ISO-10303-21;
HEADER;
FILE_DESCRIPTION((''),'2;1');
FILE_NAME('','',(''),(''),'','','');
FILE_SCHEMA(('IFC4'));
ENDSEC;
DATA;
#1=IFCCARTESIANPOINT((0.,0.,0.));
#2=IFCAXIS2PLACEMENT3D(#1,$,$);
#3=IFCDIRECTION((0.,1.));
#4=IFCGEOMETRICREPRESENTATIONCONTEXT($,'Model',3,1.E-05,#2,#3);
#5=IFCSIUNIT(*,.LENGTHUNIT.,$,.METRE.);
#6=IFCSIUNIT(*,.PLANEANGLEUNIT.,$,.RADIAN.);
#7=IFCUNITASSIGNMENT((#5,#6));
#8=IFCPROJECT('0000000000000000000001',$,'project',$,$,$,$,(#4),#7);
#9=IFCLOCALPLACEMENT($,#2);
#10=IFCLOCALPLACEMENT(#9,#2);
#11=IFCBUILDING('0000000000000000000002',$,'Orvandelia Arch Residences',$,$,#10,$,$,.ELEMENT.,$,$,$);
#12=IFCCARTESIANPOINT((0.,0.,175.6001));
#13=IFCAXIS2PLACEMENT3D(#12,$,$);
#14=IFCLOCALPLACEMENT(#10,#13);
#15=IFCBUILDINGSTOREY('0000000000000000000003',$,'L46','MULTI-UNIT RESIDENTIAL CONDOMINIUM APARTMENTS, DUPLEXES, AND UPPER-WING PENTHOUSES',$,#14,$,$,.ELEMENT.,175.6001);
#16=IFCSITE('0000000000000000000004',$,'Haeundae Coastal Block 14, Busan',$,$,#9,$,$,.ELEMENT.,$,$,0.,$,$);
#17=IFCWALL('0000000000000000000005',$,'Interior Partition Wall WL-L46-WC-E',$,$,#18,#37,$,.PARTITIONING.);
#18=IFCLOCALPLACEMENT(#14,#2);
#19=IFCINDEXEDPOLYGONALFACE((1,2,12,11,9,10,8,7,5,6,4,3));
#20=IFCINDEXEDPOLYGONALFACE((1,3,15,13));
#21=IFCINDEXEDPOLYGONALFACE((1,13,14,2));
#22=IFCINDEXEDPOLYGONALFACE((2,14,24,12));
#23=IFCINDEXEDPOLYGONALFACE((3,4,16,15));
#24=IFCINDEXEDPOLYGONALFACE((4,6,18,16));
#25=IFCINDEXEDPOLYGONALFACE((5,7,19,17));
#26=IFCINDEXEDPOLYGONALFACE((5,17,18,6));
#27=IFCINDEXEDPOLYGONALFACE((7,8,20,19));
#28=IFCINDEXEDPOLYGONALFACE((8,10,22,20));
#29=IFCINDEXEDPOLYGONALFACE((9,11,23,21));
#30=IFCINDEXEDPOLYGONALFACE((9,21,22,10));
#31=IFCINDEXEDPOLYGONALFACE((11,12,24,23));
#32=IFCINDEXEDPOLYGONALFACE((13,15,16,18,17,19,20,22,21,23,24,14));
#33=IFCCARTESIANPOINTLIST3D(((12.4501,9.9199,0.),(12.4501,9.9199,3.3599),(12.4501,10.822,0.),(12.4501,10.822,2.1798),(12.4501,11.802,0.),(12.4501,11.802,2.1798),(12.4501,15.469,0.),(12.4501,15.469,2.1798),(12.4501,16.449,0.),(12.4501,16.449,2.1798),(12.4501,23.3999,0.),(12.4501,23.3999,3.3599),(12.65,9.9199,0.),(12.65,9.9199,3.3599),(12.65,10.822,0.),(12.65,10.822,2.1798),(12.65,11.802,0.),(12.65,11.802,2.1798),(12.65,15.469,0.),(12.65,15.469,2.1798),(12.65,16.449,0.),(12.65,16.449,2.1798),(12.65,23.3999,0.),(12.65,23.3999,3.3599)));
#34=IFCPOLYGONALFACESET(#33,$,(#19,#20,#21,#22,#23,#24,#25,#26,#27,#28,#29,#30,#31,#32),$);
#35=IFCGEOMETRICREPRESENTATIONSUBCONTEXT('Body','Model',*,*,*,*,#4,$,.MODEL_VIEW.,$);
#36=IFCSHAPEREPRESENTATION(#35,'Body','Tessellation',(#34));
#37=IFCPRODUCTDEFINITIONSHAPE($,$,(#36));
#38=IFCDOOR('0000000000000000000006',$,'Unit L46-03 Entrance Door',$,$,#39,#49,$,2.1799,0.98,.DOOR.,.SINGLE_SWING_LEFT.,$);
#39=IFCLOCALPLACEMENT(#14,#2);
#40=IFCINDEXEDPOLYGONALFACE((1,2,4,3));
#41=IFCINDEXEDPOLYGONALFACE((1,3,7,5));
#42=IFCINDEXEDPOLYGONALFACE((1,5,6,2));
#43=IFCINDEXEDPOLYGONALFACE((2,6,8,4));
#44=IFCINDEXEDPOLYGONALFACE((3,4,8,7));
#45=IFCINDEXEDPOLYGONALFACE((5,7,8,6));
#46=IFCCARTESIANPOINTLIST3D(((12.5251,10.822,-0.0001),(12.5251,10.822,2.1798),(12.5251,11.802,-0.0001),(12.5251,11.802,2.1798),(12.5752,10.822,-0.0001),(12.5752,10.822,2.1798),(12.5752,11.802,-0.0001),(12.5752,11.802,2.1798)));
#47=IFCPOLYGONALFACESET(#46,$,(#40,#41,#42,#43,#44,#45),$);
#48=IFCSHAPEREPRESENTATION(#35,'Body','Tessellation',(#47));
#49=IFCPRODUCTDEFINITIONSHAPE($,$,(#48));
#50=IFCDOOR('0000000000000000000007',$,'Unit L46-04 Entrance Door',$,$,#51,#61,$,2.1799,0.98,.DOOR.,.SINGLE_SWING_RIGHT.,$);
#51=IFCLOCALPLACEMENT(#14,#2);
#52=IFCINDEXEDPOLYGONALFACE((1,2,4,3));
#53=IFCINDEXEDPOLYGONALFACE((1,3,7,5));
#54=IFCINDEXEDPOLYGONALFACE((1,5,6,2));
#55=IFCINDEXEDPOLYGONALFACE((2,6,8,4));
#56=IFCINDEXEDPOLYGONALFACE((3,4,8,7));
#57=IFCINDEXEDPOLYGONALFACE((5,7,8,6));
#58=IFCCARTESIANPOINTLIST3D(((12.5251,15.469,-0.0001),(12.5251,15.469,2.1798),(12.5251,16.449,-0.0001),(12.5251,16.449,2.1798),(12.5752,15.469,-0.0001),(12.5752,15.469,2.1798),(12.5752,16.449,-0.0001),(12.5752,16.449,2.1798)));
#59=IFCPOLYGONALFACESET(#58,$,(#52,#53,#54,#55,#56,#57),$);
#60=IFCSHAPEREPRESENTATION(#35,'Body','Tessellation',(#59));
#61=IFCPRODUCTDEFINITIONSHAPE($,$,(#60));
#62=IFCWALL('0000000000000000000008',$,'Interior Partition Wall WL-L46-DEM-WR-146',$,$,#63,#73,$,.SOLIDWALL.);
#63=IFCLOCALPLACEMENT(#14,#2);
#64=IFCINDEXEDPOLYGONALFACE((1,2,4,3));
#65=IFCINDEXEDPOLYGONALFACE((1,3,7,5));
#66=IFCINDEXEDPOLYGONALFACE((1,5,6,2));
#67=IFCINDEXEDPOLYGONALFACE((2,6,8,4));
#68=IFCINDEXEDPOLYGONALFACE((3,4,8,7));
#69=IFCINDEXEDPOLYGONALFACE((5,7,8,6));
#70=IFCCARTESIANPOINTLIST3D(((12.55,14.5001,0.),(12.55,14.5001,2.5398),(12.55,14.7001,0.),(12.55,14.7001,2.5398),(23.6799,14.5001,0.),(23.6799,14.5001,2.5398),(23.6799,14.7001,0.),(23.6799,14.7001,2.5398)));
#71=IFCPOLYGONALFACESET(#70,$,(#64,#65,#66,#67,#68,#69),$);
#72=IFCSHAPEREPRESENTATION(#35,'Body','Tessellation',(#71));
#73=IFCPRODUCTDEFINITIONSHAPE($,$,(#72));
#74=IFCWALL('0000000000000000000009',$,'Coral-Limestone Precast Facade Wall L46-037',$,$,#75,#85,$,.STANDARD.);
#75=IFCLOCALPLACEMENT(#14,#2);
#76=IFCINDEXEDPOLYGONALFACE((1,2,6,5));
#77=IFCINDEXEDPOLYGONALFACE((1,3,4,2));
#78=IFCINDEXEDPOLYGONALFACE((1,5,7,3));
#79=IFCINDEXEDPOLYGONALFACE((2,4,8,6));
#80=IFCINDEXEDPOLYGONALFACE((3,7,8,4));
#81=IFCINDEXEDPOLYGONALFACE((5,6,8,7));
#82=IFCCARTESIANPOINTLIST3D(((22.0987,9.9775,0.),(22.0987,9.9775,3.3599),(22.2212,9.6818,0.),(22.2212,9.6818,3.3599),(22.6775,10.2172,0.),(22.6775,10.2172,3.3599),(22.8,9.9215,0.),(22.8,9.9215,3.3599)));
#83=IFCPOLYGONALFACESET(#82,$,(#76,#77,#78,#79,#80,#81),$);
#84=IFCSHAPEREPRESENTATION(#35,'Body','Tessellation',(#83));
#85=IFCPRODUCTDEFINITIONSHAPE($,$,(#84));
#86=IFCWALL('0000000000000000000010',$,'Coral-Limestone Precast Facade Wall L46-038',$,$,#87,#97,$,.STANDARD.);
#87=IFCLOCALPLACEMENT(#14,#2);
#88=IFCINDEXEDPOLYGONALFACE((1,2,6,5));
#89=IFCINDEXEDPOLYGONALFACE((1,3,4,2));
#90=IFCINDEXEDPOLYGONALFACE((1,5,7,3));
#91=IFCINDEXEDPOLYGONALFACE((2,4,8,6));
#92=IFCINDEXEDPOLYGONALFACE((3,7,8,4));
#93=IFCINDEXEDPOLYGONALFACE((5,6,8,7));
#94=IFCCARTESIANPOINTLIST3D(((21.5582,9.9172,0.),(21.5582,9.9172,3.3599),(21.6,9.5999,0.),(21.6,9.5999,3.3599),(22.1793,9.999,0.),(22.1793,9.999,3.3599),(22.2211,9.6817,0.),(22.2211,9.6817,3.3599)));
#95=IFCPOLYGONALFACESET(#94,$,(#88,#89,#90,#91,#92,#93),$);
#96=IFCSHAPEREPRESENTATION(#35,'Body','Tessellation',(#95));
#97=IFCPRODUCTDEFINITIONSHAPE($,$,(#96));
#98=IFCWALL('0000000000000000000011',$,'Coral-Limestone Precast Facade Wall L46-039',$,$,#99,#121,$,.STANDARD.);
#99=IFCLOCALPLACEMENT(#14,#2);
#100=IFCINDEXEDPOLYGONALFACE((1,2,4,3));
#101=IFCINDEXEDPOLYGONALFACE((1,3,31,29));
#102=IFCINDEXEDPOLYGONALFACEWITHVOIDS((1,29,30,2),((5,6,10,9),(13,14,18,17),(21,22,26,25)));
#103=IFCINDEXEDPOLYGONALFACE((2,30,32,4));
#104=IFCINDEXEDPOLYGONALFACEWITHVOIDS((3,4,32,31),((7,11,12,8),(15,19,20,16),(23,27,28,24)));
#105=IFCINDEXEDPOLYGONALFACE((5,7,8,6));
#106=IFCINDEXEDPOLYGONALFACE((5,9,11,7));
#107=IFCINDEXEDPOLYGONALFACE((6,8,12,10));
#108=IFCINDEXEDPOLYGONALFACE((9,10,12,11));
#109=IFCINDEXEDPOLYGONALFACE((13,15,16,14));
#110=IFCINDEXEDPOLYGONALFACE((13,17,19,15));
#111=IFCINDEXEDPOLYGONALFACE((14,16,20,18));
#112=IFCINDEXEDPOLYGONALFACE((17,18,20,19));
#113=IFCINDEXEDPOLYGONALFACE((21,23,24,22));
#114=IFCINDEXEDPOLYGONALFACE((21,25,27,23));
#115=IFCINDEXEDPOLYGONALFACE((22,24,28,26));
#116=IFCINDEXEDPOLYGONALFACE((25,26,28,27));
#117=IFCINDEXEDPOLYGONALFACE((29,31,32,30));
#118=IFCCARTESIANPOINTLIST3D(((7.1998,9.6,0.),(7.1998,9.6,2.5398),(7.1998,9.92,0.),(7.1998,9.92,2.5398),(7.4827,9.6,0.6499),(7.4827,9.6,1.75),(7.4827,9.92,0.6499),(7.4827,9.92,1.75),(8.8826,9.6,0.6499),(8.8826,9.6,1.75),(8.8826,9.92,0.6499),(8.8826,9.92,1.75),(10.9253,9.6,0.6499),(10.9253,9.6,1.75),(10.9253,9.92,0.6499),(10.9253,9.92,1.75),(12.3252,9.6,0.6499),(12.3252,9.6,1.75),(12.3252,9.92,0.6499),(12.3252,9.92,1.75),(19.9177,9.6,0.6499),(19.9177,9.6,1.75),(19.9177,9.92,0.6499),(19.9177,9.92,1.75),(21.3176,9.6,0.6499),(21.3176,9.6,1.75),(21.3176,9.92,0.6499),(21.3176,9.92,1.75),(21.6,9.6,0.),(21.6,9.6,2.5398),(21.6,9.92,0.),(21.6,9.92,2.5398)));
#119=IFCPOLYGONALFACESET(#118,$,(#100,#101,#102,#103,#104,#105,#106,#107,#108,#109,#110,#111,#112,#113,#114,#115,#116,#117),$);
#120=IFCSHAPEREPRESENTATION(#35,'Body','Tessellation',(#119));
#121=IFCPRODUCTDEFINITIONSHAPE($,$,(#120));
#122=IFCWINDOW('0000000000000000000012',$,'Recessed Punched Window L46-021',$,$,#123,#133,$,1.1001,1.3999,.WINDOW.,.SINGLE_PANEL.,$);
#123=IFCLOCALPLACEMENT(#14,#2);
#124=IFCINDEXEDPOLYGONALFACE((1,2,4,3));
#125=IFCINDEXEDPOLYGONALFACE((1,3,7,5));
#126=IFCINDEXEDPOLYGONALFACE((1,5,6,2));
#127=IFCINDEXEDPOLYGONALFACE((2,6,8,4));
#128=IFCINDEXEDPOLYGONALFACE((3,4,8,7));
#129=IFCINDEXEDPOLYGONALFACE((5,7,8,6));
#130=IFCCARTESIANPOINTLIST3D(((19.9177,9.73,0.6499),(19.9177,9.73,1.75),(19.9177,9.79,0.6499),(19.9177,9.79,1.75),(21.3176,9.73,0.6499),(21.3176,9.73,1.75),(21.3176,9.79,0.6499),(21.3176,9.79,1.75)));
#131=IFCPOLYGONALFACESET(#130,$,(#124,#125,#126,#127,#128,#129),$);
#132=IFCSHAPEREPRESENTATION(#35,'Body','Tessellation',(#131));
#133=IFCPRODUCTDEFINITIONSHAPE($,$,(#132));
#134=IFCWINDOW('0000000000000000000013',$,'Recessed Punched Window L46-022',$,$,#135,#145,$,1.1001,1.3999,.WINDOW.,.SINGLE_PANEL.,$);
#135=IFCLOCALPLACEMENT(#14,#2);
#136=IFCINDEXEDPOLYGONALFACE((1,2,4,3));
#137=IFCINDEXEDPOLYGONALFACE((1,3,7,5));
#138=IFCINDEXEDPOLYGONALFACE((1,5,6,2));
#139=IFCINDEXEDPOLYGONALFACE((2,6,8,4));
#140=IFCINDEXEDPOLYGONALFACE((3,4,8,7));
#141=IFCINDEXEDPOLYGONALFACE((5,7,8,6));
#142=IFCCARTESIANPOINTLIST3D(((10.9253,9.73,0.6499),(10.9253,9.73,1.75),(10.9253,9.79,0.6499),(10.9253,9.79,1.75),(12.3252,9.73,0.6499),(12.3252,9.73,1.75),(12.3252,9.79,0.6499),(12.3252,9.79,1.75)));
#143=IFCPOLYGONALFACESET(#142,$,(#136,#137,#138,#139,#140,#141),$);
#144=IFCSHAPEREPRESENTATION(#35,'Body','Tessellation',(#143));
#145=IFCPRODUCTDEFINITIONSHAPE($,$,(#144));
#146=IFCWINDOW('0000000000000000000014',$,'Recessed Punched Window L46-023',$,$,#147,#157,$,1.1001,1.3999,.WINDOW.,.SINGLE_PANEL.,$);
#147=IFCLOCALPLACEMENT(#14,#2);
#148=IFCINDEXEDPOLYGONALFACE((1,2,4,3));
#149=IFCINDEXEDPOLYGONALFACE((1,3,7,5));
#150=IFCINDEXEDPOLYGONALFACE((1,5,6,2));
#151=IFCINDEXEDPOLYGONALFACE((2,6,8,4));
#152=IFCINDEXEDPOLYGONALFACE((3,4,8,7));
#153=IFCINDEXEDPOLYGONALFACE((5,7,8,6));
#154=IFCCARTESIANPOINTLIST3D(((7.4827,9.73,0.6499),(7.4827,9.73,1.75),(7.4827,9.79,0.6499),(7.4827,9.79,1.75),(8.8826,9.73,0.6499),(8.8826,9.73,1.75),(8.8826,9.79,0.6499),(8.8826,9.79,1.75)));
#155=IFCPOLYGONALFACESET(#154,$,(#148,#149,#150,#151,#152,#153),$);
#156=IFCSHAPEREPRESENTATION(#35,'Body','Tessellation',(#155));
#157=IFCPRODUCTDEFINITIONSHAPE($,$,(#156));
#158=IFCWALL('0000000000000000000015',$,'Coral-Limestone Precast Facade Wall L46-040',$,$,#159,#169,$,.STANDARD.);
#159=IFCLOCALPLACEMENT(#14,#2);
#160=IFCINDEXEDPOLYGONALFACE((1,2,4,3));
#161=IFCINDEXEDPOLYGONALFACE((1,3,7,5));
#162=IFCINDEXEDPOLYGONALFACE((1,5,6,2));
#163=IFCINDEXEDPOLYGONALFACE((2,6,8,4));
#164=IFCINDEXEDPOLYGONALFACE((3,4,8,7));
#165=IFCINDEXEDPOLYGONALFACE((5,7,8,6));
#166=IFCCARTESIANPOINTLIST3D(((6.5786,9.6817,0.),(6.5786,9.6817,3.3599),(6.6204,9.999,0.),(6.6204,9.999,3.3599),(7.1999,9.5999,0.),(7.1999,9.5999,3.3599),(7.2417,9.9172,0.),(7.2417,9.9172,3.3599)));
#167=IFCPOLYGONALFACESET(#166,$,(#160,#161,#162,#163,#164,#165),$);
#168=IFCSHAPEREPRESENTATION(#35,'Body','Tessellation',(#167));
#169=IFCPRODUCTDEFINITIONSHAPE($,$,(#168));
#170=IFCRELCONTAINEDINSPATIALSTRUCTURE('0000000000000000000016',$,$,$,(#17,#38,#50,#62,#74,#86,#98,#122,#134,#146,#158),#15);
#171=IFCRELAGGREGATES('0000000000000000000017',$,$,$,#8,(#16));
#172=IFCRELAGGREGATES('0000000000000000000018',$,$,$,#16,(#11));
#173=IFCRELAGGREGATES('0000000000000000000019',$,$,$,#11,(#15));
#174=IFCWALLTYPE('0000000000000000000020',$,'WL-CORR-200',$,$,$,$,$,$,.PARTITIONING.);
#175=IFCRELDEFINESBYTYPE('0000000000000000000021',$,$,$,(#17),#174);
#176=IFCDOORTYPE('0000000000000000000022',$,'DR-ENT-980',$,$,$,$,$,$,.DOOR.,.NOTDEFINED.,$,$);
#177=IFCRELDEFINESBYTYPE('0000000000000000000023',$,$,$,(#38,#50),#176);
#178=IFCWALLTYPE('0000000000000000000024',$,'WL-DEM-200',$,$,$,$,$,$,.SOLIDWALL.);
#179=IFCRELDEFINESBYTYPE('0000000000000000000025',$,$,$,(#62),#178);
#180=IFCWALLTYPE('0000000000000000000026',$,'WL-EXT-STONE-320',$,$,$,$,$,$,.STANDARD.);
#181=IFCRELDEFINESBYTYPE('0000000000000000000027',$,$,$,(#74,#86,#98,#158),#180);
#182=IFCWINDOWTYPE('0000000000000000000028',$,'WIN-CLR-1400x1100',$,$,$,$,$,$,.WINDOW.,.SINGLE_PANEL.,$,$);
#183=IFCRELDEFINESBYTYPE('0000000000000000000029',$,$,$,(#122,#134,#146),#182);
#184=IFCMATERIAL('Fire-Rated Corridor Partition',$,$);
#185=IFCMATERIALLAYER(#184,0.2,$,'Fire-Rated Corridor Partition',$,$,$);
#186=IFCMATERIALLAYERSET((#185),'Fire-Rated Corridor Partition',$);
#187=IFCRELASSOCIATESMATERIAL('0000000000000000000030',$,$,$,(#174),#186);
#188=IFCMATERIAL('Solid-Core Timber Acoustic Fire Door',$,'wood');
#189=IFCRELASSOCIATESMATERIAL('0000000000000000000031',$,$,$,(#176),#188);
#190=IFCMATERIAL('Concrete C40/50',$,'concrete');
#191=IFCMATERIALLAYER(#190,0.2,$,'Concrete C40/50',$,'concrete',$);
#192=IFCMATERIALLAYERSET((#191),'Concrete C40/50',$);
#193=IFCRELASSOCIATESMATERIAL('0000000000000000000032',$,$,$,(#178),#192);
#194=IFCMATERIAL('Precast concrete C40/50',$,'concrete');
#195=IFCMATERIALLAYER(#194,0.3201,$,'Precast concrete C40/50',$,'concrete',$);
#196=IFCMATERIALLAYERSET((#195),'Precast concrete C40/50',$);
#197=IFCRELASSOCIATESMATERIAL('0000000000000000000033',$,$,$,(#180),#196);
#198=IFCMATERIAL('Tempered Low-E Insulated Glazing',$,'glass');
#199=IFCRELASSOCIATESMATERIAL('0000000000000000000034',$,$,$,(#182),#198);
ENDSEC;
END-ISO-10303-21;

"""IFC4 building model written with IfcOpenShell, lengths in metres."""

from ifc_helpers import new_model, si_unit, direction, frame, frame_2d, origin, place, context, subcontext, project, spatial, rectangle, extrude, material, layer, layer_set, type_object, element, fill, save


model = new_model("IFC4")

# Units and contexts
model_context = context("Model", 3, precision=1e-05, world=origin(), true_north=direction((0.0, 1.0)))
body_context = subcontext(model_context, "Body", "Model", "MODEL_VIEW")
ifc_project = project(units=[si_unit("LENGTHUNIT", "METRE"), si_unit("PLANEANGLEUNIT", "RADIAN")], contexts=[model_context])

# Site, building, storey
site_placement = place(None, origin())
site = spatial("IfcSite", under=ifc_project, at=site_placement, Name="Haeundae Coastal Block 14, Busan", CompositionType="ELEMENT", RefElevation=0.0)
building_placement = place(site_placement, origin())
building = spatial("IfcBuilding", under=site, at=building_placement, Name="Orvandelia Arch Residences", CompositionType="ELEMENT")
storey_placement = place(building_placement, frame((0.0, 0.0, 175.6001)))
storey = spatial("IfcBuildingStorey", under=building, at=storey_placement, Name="L46", Description="MULTI-UNIT RESIDENTIAL CONDOMINIUM APARTMENTS, DUPLEXES, AND UPPER-WING PENTHOUSES", CompositionType="ELEMENT", Elevation=175.6001)

# Wall, openings, doors
ifc_material_1 = material(Name="Fire-Rated Corridor Partition")
ifc_layer_1 = layer(ifc_material_1, 0.2, Name="Fire-Rated Corridor Partition")
ifc_layer_set_1 = layer_set([ifc_layer_1], Name="Fire-Rated Corridor Partition")
wall_type_1 = type_object("IfcWallType", Name="WL-CORR-200", PredefinedType="PARTITIONING", material=ifc_layer_set_1)
ifc_material_2 = material(Name="Solid-Core Timber Acoustic Fire Door", Category="wood")
door_type_1 = type_object("IfcDoorType", Name="DR-ENT-980", OperationType="NOTDEFINED", PredefinedType="DOOR", material=ifc_material_2)
wall_1_placement = place(storey_placement, frame((12.55, 9.9199, 0.0), z_axis=(0.0, 0.0, 1.0), x_axis=(0.0, 1.0, 0.0)))
wall_1 = element("IfcWall", 1, at=wall_1_placement, inside=storey, type_object=wall_type_1, Name="Interior Partition Wall WL-L46-WC-E", PredefinedType="PARTITIONING", context=body_context, shape_type="SweptSolid", body=[
    extrude(rectangle(XDim=13.48, YDim=0.2, at=frame_2d((6.74, 0.0))), origin(), (0.0, 0.0, 1.0), 3.3599),
])
opening_1_placement = place(wall_1_placement, frame((0.9021, 0.0, 0.0)))
opening_1 = element("IfcOpeningElement", 2, at=opening_1_placement, cuts=wall_1, PredefinedType="OPENING", context=body_context, shape_type="SweptSolid", body=[
    extrude(rectangle(XDim=0.98, YDim=2.1799, at=frame_2d((0.49, 1.0898))), frame((0.0, 0.1099, 0.0), z_axis=(0.0, -1.0, 0.0), x_axis=(1.0, 0.0, 0.0)), (0.0, 0.0, 1.0), 0.22),
])
opening_2_placement = place(wall_1_placement, frame((5.5491, 0.0, 0.0)))
opening_2 = element("IfcOpeningElement", 3, at=opening_2_placement, cuts=wall_1, PredefinedType="OPENING", context=body_context, shape_type="SweptSolid", body=[
    extrude(rectangle(XDim=0.98, YDim=2.1799, at=frame_2d((0.49, 1.0898))), frame((0.0, 0.1099, 0.0), z_axis=(0.0, -1.0, 0.0), x_axis=(1.0, 0.0, 0.0)), (0.0, 0.0, 1.0), 0.22),
])
door_1_placement = place(opening_1_placement, origin())
door_1 = element("IfcDoor", 4, at=door_1_placement, inside=storey, type_object=door_type_1, Name="Unit L46-03 Entrance Door", OperationType="SINGLE_SWING_LEFT", OverallHeight=2.1799, OverallWidth=0.98, PredefinedType="DOOR", context=body_context, shape_type="SweptSolid", body=[
    extrude(rectangle(XDim=0.98, YDim=2.1799, at=frame_2d((0.49, 1.0898))), frame((0.0, 0.0249, 0.0), z_axis=(0.0, -1.0, 0.0), x_axis=(1.0, 0.0, 0.0)), (0.0, 0.0, 1.0), 0.05),
])
fill(opening_1, door_1)
door_2_placement = place(opening_2_placement, origin())
door_2 = element("IfcDoor", 5, at=door_2_placement, inside=storey, type_object=door_type_1, Name="Unit L46-04 Entrance Door", OperationType="SINGLE_SWING_RIGHT", OverallHeight=2.1799, OverallWidth=0.98, PredefinedType="DOOR", context=body_context, shape_type="SweptSolid", body=[
    extrude(rectangle(XDim=0.98, YDim=2.1799, at=frame_2d((0.49, 1.0898))), frame((0.0, 0.0249, 0.0), z_axis=(0.0, -1.0, 0.0), x_axis=(1.0, 0.0, 0.0)), (0.0, 0.0, 1.0), 0.05),
])
fill(opening_2, door_2)

# Walls
ifc_material_3 = material(Name="Concrete C40/50", Category="concrete")
ifc_layer_2 = layer(ifc_material_3, 0.2, Name="Concrete C40/50", Category="concrete")
ifc_layer_set_2 = layer_set([ifc_layer_2], Name="Concrete C40/50")
wall_type_2 = type_object("IfcWallType", Name="WL-DEM-200", PredefinedType="SOLIDWALL", material=ifc_layer_set_2)
wall_2_placement = place(storey_placement, frame((12.55, 14.6001, 0.0), z_axis=(0.0, 0.0, 1.0), x_axis=(1.0, 0.0, 0.0)))
element("IfcWall", 6, at=wall_2_placement, inside=storey, type_object=wall_type_2, Name="Interior Partition Wall WL-L46-DEM-WR-146", PredefinedType="SOLIDWALL", context=body_context, shape_type="SweptSolid", body=[
    extrude(rectangle(XDim=11.1299, YDim=0.2, at=frame_2d((5.5649, 0.0))), origin(), (0.0, 0.0, 1.0), 2.5398),
])
ifc_material_4 = material(Name="Precast concrete C40/50", Category="concrete")
ifc_layer_3 = layer(ifc_material_4, 0.3201, Name="Precast concrete C40/50", Category="concrete")
ifc_layer_set_3 = layer_set([ifc_layer_3], Name="Precast concrete C40/50")
wall_type_3 = type_object("IfcWallType", Name="WL-EXT-STONE-320", PredefinedType="STANDARD", material=ifc_layer_set_3)
for number, where, z_axis, x_axis, name in (
    (7, (22.7388, 10.0693, 0.0), (0.0, 0.0, 1.0), (-0.923893, -0.38265, 0.0), "Coral-Limestone Precast Facade Wall L46-037"),
    (8, (22.2002, 9.8403, 0.0), (0.0, 0.0, 1.0), (-0.991441, -0.130555, 0.0), "Coral-Limestone Precast Facade Wall L46-038"),
):
    element("IfcWall", number, at=place(storey_placement, frame(where, z_axis=z_axis, x_axis=x_axis)), inside=storey, type_object=wall_type_3, Name=name, PredefinedType="STANDARD", context=body_context, shape_type="SweptSolid", body=[
        extrude(rectangle(XDim=0.6265, YDim=0.3201, at=frame_2d((0.3132, 0.0))), origin(), (0.0, 0.0, 1.0), 3.3599),
    ])

# Wall, openings, windows
wall_3_placement = place(storey_placement, frame((21.6001, 9.76, 0.0), z_axis=(0.0, 0.0, 1.0), x_axis=(-1.0, 0.0, 0.0)))
wall_3 = element("IfcWall", 9, at=wall_3_placement, inside=storey, type_object=wall_type_3, Name="Coral-Limestone Precast Facade Wall L46-039", PredefinedType="STANDARD", context=body_context, shape_type="SweptSolid", body=[
    extrude(rectangle(XDim=14.4001, YDim=0.3201, at=frame_2d((7.2002, 0.0))), origin(), (0.0, 0.0, 1.0), 2.5398),
])
opening_3_placement = place(wall_3_placement, frame((0.2825, 0.0, 0.6499)))
opening_3 = element("IfcOpeningElement", 10, at=opening_3_placement, cuts=wall_3, PredefinedType="OPENING", context=body_context, shape_type="SweptSolid", body=[
    extrude(rectangle(XDim=1.3999, YDim=1.1001, at=frame_2d((0.7, 0.55))), frame((0.0, 0.1699, 0.0), z_axis=(0.0, -1.0, 0.0), x_axis=(1.0, 0.0, 0.0)), (0.0, 0.0, 1.0), 0.3401),
])
opening_4_placement = place(wall_3_placement, frame((9.2749, 0.0, 0.6499)))
opening_4 = element("IfcOpeningElement", 11, at=opening_4_placement, cuts=wall_3, PredefinedType="OPENING", context=body_context, shape_type="SweptSolid", body=[
    extrude(rectangle(XDim=1.3999, YDim=1.1001, at=frame_2d((0.7, 0.55))), frame((0.0, 0.1699, 0.0), z_axis=(0.0, -1.0, 0.0), x_axis=(1.0, 0.0, 0.0)), (0.0, 0.0, 1.0), 0.3401),
])
opening_5_placement = place(wall_3_placement, frame((12.7175, 0.0, 0.6499)))
opening_5 = element("IfcOpeningElement", 12, at=opening_5_placement, cuts=wall_3, PredefinedType="OPENING", context=body_context, shape_type="SweptSolid", body=[
    extrude(rectangle(XDim=1.3999, YDim=1.1001, at=frame_2d((0.7, 0.55))), frame((0.0, 0.1699, 0.0), z_axis=(0.0, -1.0, 0.0), x_axis=(1.0, 0.0, 0.0)), (0.0, 0.0, 1.0), 0.3401),
])
ifc_material_5 = material(Name="Tempered Low-E Insulated Glazing", Category="glass")
window_type = type_object("IfcWindowType", Name="WIN-CLR-1400x1100", PartitioningType="SINGLE_PANEL", PredefinedType="WINDOW", material=ifc_material_5)
window_1_placement = place(opening_3_placement, origin())
window_1 = element("IfcWindow", 13, at=window_1_placement, inside=storey, type_object=window_type, Name="Recessed Punched Window L46-021", OverallHeight=1.1001, OverallWidth=1.3999, PartitioningType="SINGLE_PANEL", PredefinedType="WINDOW", context=body_context, shape_type="SweptSolid", body=[
    extrude(rectangle(XDim=1.3999, YDim=1.1001, at=frame_2d((0.7, 0.55))), frame((0.0, 0.03, 0.0), z_axis=(0.0, -1.0, 0.0), x_axis=(1.0, 0.0, 0.0)), (0.0, 0.0, 1.0), 0.0601),
])
fill(opening_3, window_1)
window_2_placement = place(opening_4_placement, origin())
window_2 = element("IfcWindow", 14, at=window_2_placement, inside=storey, type_object=window_type, Name="Recessed Punched Window L46-022", OverallHeight=1.1001, OverallWidth=1.3999, PartitioningType="SINGLE_PANEL", PredefinedType="WINDOW", context=body_context, shape_type="SweptSolid", body=[
    extrude(rectangle(XDim=1.3999, YDim=1.1001, at=frame_2d((0.7, 0.55))), frame((0.0, 0.03, 0.0), z_axis=(0.0, -1.0, 0.0), x_axis=(1.0, 0.0, 0.0)), (0.0, 0.0, 1.0), 0.0601),
])
fill(opening_4, window_2)
window_3_placement = place(opening_5_placement, origin())
window_3 = element("IfcWindow", 15, at=window_3_placement, inside=storey, type_object=window_type, Name="Recessed Punched Window L46-023", OverallHeight=1.1001, OverallWidth=1.3999, PartitioningType="SINGLE_PANEL", PredefinedType="WINDOW", context=body_context, shape_type="SweptSolid", body=[
    extrude(rectangle(XDim=1.3999, YDim=1.1001, at=frame_2d((0.7, 0.55))), frame((0.0, 0.03, 0.0), z_axis=(0.0, -1.0, 0.0), x_axis=(1.0, 0.0, 0.0)), (0.0, 0.0, 1.0), 0.0601),
])
fill(opening_5, window_3)

# Wall
wall_4_placement = place(storey_placement, frame((7.2209, 9.7585, 0.0), z_axis=(0.0, 0.0, 1.0), x_axis=(-0.991448, 0.130505, 0.0)))
element("IfcWall", 16, at=wall_4_placement, inside=storey, type_object=wall_type_3, Name="Coral-Limestone Precast Facade Wall L46-040", PredefinedType="STANDARD", context=body_context, shape_type="SweptSolid", body=[
    extrude(rectangle(XDim=0.6267, YDim=0.3201, at=frame_2d((0.3135, 0.0))), origin(), (0.0, 0.0, 1.0), 3.3599),
])

save(model, "model.ifc")
